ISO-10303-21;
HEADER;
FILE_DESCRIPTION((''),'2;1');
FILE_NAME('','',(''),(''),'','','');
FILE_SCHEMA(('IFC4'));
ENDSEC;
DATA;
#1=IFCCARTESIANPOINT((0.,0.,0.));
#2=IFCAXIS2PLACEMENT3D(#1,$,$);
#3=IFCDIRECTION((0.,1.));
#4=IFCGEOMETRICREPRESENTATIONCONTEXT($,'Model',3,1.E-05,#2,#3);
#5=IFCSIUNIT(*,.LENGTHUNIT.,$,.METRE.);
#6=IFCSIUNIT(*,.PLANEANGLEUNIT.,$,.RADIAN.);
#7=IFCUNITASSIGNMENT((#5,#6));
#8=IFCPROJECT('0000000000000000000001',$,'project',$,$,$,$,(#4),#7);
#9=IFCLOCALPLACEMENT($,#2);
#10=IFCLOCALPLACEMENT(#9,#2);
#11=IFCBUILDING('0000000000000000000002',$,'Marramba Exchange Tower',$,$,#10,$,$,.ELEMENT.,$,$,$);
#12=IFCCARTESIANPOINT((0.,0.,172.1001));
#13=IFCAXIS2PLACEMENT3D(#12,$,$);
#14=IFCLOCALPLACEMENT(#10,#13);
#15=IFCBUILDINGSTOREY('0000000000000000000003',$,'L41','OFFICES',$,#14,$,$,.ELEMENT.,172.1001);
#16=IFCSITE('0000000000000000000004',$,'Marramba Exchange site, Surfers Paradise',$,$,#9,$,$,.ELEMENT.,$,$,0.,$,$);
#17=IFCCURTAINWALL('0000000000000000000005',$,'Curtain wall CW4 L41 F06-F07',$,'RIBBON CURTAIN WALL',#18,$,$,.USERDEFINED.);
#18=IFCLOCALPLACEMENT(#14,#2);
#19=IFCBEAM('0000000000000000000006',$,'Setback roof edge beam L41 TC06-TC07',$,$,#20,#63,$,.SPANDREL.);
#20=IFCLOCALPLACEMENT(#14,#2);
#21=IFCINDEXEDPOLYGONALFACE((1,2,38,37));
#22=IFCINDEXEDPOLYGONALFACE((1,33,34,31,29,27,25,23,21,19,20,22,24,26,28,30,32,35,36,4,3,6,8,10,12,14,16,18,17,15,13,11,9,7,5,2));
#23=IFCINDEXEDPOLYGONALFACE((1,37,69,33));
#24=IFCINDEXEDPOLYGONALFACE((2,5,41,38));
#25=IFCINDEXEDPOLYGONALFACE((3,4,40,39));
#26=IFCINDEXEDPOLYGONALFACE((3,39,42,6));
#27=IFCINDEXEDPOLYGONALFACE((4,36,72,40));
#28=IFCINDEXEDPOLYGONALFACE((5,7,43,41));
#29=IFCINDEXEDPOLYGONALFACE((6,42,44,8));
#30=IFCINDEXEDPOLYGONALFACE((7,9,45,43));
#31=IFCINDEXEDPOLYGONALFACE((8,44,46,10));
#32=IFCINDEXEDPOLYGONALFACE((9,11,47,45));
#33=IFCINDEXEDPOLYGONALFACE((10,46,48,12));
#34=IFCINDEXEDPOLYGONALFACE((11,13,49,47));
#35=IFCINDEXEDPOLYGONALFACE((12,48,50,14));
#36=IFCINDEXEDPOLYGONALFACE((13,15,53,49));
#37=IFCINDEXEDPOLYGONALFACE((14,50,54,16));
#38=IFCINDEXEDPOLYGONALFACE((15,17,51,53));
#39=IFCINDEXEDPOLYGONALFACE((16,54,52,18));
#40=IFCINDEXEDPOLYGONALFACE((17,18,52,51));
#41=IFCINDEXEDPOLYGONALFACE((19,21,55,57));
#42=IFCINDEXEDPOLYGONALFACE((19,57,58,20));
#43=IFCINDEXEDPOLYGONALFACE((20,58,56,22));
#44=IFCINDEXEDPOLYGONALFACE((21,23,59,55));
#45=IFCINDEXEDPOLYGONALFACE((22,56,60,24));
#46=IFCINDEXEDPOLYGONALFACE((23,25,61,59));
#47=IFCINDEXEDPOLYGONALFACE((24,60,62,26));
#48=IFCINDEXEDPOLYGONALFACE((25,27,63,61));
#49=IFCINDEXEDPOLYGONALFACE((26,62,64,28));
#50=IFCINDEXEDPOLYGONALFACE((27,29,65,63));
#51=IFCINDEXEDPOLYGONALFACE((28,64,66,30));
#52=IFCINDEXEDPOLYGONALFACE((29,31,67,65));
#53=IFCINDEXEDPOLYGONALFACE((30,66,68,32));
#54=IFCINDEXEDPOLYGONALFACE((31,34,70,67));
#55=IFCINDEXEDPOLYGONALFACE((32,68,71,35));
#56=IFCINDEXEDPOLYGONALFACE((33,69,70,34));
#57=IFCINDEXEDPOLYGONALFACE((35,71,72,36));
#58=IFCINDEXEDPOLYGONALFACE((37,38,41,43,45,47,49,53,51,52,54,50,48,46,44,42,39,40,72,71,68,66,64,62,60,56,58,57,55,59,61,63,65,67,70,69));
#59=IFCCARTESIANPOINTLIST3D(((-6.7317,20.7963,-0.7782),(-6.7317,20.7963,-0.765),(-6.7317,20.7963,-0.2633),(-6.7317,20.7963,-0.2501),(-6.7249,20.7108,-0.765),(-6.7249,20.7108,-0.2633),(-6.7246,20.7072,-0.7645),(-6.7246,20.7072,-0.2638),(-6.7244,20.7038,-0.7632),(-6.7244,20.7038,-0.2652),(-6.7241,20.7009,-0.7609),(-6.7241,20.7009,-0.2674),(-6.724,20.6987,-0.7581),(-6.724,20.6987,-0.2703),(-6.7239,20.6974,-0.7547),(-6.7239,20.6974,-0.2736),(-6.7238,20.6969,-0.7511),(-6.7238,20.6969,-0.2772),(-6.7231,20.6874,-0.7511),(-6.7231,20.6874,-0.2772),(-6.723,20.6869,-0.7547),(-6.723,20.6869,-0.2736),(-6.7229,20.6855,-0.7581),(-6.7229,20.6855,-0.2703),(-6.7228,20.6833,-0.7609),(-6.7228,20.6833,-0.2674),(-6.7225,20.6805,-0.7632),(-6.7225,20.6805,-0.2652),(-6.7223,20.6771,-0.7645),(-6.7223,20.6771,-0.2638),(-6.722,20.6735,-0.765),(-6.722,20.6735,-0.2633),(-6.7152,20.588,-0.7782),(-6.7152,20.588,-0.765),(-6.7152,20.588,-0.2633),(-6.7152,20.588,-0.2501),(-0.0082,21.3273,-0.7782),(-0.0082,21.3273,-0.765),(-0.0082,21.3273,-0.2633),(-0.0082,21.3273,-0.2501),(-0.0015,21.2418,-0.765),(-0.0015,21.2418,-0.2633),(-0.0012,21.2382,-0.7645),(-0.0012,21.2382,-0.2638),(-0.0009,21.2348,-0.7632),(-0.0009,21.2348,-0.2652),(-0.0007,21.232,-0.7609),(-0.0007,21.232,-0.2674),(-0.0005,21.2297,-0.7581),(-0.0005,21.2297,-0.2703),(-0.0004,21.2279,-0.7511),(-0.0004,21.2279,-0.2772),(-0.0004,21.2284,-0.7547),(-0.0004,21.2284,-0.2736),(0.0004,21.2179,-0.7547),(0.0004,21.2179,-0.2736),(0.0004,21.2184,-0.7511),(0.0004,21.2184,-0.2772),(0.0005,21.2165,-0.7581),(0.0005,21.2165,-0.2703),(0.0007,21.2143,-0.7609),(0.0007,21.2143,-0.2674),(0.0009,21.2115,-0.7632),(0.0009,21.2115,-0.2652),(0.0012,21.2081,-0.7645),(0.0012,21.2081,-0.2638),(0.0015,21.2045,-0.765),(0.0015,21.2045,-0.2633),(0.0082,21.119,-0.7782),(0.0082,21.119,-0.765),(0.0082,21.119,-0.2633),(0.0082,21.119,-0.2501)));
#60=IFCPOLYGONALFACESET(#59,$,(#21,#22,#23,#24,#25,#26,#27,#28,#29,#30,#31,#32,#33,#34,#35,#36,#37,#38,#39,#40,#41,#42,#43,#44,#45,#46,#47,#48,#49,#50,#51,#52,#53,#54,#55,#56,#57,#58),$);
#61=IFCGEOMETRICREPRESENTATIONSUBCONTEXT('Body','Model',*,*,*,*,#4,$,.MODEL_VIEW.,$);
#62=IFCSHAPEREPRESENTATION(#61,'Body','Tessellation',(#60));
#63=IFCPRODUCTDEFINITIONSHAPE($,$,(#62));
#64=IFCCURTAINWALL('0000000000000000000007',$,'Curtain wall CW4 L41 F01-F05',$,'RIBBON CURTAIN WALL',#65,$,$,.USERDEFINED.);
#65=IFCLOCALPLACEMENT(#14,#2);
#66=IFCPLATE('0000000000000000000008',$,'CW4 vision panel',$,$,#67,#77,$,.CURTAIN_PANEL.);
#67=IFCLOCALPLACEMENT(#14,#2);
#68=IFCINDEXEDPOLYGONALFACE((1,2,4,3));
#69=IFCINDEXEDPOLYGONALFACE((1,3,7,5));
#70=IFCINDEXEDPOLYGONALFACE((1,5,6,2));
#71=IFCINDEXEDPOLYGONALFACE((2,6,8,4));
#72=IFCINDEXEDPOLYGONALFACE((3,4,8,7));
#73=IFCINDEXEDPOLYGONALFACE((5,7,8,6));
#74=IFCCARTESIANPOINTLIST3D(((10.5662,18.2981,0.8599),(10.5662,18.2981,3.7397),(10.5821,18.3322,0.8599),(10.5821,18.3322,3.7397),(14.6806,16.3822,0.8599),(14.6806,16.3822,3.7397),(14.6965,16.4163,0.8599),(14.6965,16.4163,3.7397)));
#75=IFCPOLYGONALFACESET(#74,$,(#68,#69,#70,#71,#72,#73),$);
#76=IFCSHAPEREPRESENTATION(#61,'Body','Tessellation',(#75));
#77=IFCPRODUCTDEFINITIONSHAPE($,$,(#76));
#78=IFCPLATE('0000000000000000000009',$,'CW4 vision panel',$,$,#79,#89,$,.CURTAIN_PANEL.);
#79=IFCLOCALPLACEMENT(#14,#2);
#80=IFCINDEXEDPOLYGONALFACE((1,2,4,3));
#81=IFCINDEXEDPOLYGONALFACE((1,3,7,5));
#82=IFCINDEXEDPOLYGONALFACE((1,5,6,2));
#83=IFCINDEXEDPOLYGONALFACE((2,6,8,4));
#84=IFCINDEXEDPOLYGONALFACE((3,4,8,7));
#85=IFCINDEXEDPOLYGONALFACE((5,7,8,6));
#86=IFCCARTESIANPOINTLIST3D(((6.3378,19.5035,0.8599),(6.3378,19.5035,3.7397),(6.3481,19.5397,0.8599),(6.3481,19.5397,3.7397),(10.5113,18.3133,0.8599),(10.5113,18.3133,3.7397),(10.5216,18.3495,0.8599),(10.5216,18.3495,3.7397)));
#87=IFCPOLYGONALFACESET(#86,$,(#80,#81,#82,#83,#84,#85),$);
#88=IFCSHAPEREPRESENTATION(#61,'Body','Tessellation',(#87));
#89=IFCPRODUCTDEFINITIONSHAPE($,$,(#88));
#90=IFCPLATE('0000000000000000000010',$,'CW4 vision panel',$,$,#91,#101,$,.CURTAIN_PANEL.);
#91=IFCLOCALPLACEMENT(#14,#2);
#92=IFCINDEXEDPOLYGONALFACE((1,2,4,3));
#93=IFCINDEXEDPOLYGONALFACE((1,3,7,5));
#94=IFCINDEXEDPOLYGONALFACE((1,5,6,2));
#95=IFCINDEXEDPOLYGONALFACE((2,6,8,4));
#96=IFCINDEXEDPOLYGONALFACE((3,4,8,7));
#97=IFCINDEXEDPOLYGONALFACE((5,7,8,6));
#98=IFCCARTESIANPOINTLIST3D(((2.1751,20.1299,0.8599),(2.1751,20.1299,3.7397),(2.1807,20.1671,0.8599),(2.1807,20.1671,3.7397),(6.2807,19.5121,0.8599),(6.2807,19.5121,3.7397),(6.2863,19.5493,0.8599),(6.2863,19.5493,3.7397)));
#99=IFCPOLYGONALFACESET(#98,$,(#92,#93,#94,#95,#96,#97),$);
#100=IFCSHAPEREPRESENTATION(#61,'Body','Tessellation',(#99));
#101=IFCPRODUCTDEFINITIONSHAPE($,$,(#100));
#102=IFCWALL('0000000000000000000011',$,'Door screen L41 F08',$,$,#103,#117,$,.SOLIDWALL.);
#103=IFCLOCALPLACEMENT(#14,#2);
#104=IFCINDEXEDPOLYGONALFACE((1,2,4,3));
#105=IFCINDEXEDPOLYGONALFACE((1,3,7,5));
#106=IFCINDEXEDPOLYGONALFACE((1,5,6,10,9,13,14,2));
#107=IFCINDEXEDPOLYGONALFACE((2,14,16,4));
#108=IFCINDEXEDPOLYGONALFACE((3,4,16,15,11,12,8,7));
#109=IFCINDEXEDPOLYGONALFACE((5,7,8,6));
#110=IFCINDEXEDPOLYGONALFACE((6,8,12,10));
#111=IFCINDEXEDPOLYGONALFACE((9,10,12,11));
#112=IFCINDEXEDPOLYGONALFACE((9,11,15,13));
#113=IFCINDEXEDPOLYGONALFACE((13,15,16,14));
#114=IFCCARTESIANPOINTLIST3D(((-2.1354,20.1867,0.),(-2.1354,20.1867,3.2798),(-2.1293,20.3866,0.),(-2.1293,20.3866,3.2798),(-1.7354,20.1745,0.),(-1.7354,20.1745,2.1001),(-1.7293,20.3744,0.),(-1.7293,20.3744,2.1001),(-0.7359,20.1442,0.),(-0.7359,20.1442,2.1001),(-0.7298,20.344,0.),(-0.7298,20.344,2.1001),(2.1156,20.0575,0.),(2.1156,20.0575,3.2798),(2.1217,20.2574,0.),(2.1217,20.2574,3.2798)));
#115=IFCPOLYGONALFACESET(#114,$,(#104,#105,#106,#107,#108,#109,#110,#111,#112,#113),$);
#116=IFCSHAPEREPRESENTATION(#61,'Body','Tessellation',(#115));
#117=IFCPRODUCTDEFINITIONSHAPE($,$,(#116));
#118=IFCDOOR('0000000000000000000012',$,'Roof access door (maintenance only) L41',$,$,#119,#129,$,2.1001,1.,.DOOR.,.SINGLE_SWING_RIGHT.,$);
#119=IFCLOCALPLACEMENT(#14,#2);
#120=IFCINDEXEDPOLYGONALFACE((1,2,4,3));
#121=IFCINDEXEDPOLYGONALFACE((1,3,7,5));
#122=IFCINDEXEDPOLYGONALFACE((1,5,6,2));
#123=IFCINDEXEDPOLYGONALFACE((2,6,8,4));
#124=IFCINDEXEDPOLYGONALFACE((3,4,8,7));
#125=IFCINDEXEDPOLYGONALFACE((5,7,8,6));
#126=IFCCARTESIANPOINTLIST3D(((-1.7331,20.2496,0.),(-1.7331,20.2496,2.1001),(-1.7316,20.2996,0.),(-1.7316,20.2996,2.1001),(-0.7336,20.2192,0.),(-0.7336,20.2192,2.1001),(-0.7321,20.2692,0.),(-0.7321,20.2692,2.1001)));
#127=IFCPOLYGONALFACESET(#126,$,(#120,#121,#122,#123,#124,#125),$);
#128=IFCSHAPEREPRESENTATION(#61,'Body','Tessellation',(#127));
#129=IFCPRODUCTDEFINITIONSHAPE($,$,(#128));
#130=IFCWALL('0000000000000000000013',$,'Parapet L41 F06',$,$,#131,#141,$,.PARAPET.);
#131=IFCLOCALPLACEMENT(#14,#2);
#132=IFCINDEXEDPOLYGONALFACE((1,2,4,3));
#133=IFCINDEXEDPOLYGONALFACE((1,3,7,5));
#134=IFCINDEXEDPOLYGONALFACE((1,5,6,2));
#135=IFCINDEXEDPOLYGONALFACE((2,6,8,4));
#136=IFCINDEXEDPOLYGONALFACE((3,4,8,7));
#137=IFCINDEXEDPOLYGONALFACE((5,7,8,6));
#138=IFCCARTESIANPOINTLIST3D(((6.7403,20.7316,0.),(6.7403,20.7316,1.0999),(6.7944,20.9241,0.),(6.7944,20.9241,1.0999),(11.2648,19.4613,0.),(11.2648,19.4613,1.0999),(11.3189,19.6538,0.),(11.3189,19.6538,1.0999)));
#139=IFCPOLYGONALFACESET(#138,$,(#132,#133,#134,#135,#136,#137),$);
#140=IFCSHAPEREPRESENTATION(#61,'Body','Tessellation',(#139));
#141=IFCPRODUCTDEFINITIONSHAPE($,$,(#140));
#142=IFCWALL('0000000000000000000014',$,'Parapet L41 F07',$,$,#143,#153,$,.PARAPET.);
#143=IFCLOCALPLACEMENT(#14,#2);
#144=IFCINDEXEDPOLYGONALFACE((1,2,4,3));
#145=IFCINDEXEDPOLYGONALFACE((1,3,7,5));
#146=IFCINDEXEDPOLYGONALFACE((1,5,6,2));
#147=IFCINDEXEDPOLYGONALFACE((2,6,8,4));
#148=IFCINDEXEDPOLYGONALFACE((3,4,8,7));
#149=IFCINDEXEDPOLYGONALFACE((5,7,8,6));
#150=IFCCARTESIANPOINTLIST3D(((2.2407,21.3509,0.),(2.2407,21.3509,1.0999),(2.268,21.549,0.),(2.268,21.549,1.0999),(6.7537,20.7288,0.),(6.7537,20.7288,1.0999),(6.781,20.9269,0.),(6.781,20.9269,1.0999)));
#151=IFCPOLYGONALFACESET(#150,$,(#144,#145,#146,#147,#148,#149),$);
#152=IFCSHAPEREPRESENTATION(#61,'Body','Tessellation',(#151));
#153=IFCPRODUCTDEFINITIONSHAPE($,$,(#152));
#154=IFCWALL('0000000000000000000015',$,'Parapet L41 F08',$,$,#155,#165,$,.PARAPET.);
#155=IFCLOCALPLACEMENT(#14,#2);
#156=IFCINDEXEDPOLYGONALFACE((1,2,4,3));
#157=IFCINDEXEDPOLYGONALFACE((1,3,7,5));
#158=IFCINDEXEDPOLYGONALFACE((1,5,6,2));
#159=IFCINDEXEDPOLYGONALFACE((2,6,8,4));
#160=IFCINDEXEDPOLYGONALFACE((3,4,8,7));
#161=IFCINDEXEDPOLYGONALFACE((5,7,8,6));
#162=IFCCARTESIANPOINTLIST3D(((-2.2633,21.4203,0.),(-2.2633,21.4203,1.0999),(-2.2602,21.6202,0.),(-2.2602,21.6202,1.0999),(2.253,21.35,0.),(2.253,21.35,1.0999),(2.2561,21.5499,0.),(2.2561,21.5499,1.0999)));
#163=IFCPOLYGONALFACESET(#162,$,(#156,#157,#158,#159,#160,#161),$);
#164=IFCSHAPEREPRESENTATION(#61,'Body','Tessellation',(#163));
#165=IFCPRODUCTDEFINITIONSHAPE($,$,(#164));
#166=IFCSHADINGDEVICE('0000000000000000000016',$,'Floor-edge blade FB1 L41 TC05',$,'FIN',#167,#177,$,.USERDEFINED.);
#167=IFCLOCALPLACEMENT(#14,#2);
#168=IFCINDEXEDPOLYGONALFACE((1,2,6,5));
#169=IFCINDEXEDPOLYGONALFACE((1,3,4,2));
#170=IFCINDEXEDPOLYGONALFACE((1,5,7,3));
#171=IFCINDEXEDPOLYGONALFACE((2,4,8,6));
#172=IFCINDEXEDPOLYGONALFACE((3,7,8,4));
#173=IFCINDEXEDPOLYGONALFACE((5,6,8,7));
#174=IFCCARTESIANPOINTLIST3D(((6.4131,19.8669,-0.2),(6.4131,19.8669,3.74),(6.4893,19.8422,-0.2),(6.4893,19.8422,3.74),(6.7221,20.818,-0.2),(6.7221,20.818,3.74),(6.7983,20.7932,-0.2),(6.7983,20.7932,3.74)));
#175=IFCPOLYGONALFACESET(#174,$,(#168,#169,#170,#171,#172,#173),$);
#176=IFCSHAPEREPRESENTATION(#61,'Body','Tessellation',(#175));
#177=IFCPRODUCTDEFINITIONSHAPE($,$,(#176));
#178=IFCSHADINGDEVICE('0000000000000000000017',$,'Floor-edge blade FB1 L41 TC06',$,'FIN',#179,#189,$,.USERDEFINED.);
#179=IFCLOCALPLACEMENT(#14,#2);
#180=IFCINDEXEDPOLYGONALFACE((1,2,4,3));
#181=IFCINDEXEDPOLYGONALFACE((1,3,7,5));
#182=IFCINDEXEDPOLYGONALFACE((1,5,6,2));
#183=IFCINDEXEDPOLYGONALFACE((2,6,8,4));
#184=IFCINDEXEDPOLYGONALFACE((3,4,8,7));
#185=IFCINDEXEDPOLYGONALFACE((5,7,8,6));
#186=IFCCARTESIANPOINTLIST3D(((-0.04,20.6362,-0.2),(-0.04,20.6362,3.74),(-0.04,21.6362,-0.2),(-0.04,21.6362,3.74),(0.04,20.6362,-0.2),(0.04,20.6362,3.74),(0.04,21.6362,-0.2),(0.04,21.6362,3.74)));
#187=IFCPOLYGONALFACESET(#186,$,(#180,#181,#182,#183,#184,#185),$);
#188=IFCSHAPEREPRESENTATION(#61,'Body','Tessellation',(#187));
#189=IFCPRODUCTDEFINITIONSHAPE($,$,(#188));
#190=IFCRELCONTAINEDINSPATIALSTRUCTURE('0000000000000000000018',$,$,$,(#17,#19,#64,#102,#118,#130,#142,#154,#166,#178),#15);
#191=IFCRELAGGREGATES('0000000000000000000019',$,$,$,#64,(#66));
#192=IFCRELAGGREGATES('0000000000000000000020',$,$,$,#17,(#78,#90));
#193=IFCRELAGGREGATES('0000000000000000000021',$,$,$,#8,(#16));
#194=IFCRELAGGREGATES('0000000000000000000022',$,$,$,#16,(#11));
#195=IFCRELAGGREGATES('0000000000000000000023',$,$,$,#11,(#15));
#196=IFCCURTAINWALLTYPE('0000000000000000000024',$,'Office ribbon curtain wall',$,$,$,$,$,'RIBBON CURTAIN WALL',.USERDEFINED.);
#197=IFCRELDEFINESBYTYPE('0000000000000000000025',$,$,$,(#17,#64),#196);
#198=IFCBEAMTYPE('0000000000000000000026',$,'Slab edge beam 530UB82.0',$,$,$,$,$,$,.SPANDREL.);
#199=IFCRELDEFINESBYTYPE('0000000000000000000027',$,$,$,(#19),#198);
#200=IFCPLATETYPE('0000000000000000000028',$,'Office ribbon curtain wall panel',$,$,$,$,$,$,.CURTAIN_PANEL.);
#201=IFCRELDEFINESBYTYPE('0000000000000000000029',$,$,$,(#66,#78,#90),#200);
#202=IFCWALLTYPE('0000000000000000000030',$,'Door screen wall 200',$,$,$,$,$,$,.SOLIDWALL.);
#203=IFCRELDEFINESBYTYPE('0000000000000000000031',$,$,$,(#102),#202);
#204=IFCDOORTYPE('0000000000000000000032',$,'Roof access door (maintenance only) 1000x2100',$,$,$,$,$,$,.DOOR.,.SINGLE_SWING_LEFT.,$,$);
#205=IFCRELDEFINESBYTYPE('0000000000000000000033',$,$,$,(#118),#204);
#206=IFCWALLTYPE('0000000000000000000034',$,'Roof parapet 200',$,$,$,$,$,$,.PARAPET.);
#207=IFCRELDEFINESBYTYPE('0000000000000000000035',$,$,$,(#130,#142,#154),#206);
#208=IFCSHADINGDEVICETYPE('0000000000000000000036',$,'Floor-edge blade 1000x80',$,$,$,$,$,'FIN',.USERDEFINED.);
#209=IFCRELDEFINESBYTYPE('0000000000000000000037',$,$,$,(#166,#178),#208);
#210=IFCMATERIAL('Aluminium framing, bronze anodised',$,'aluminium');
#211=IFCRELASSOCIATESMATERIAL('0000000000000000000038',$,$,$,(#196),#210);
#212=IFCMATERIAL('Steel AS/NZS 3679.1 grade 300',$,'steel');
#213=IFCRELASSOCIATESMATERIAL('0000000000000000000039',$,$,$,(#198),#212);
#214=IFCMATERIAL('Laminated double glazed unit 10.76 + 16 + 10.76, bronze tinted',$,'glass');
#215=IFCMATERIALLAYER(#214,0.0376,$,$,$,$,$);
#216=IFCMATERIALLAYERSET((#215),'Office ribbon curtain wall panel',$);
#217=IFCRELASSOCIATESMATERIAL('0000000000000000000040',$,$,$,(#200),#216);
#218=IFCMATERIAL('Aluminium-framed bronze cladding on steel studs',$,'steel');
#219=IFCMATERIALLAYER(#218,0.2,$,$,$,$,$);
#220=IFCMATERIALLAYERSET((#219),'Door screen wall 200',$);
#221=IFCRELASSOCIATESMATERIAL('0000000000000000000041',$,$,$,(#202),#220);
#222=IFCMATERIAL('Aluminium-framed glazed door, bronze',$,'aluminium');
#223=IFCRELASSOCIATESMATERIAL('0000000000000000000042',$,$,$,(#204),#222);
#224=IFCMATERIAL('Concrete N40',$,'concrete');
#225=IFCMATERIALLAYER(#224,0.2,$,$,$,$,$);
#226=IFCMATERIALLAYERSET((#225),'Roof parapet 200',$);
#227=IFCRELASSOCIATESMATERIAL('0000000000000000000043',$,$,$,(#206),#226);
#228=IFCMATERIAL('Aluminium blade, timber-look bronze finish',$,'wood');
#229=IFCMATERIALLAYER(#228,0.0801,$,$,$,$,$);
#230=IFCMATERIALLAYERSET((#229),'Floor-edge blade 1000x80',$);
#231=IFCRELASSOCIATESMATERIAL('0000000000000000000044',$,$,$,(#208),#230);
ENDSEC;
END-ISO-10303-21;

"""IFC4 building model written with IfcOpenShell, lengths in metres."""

from ifc_helpers import new_model, si_unit, direction, frame, frame_2d, origin, origin_2d, place, context, subcontext, project, spatial, rectangle, i_section, extrude, material, layer, layer_set, material_profile, profile_set, type_object, element, fill, aggregate, save


model = new_model("IFC4")

# Units and contexts
model_context = context("Model", 3, precision=1e-05, world=origin(), true_north=direction((0.0, 1.0)))
body_context = subcontext(model_context, "Body", "Model", "MODEL_VIEW")
ifc_project = project(units=[si_unit("LENGTHUNIT", "METRE"), si_unit("PLANEANGLEUNIT", "RADIAN")], contexts=[model_context])

# Site, building, storey
site_placement = place(None, origin())
site = spatial("IfcSite", under=ifc_project, at=site_placement, Name="Marramba Exchange site, Surfers Paradise", CompositionType="ELEMENT", RefElevation=0.0)
building_placement = place(site_placement, origin())
building = spatial("IfcBuilding", under=site, at=building_placement, Name="Marramba Exchange Tower", CompositionType="ELEMENT")
storey_placement = place(building_placement, frame((0.0, 0.0, 172.1001)))
storey = spatial("IfcBuildingStorey", under=building, at=storey_placement, Name="L41", Description="OFFICES", CompositionType="ELEMENT", Elevation=172.1001)

# Curtain wall
ifc_material_1 = material(Name="Aluminium framing, bronze anodised", Category="aluminium")
curtain_wall_type = type_object("IfcCurtainWallType", Name="Office ribbon curtain wall", ElementType="RIBBON CURTAIN WALL", PredefinedType="USERDEFINED", material=ifc_material_1)
curtain_wall_1_placement = place(storey_placement, origin())
curtain_wall_1 = element("IfcCurtainWall", 1, at=curtain_wall_1_placement, inside=storey, type_object=curtain_wall_type, Name="Curtain wall CW4 L41 F06-F07", ObjectType="RIBBON CURTAIN WALL", PredefinedType="USERDEFINED")

# Beam
ifc_material_2 = material(Name="Steel AS/NZS 3679.1 grade 300", Category="steel")
ifc_material_profile_1 = material_profile(ifc_material_2, i_section(OverallWidth=0.209, OverallDepth=0.5281, WebThickness=0.0095, FlangeThickness=0.0132, FilletRadius=0.0139, at=origin_2d()), Name="530UB82.0")
ifc_profile_set_1 = profile_set([ifc_material_profile_1], Name="Steel AS/NZS 3679.1 grade 300")
beam_type_1 = type_object("IfcBeamType", Name="Slab edge beam 530UB82.0", PredefinedType="SPANDREL", material=ifc_profile_set_1)
beam_1_placement = place(storey_placement, frame((0.0, 21.2231, -0.5142), z_axis=(-0.996896, -0.078734, 0.0), x_axis=(0.078734, -0.996896, 0.0)))
element("IfcBeam", 2, at=beam_1_placement, inside=storey, type_object=beam_type_1, Name="Setback roof edge beam L41 TC06-TC07", PredefinedType="SPANDREL", context=body_context, shape_type="SweptSolid", body=[
    extrude(i_section(OverallWidth=0.209, OverallDepth=0.5281, WebThickness=0.0095, FlangeThickness=0.0132, FilletRadius=0.0139, at=origin_2d()), origin(), (0.0, 0.0, 1.0), 6.7444),
])

# Curtain wall, plate
curtain_wall_2_placement = place(storey_placement, origin())
curtain_wall_2 = element("IfcCurtainWall", 3, at=curtain_wall_2_placement, inside=storey, type_object=curtain_wall_type, Name="Curtain wall CW4 L41 F01-F05", ObjectType="RIBBON CURTAIN WALL", PredefinedType="USERDEFINED")
ifc_material_3 = material(Name="Laminated double glazed unit 10.76 + 16 + 10.76, bronze tinted", Category="glass")
ifc_layer_1 = layer(ifc_material_3, 0.0376)
ifc_layer_set_1 = layer_set([ifc_layer_1], Name="Office ribbon curtain wall panel")
plate_type = type_object("IfcPlateType", Name="Office ribbon curtain wall panel", PredefinedType="CURTAIN_PANEL", material=ifc_layer_set_1)
plate_1_placement = place(storey_placement, frame((12.6313, 17.3572, 0.8599), z_axis=(0.0, 0.0, 1.0), x_axis=(-0.906534, 0.422133, 0.0)))
plate_1 = element("IfcPlate", 4, at=plate_1_placement, type_object=plate_type, Name="CW4 vision panel", PredefinedType="CURTAIN_PANEL", context=body_context, shape_type="SweptSolid", body=[
    extrude(rectangle(XDim=4.5386, YDim=0.0376, at=origin_2d()), origin(), (0.0, 0.0, 1.0), 2.8799),
])
aggregate(curtain_wall_2, [plate_1])

# Plates
plate_2_placement = place(storey_placement, frame((8.4297, 18.9265, 0.8599), z_axis=(0.0, 0.0, 1.0), x_axis=(-0.961659, 0.274248, 0.0)))
plate_2 = element("IfcPlate", 5, at=plate_2_placement, type_object=plate_type, Name="CW4 vision panel", PredefinedType="CURTAIN_PANEL", context=body_context, shape_type="SweptSolid", body=[
    extrude(rectangle(XDim=4.3398, YDim=0.0376, at=origin_2d()), origin(), (0.0, 0.0, 1.0), 2.8799),
])
plate_3_placement = place(storey_placement, frame((4.2307, 19.8396, 0.8599), z_axis=(0.0, 0.0, 1.0), x_axis=(-0.988868, 0.148795, 0.0)))
plate_3 = element("IfcPlate", 6, at=plate_3_placement, type_object=plate_type, Name="CW4 vision panel", PredefinedType="CURTAIN_PANEL", context=body_context, shape_type="SweptSolid", body=[
    extrude(rectangle(XDim=4.1519, YDim=0.0376, at=origin_2d()), origin(), (0.0, 0.0, 1.0), 2.8799),
])
aggregate(curtain_wall_1, [plate_2, plate_3])

# Wall, opening, door
ifc_material_4 = material(Name="Aluminium-framed bronze cladding on steel studs", Category="steel")
ifc_layer_2 = layer(ifc_material_4, 0.2)
ifc_layer_set_2 = layer_set([ifc_layer_2], Name="Door screen wall 200")
wall_type_1 = type_object("IfcWallType", Name="Door screen wall 200", PredefinedType="SOLIDWALL", material=ifc_layer_set_2)
wall_1_placement = place(storey_placement, frame((2.1187, 20.1575, 0.0), z_axis=(0.0, 0.0, 1.0), x_axis=(-0.999539, 0.030367, 0.0)))
wall_1 = element("IfcWall", 7, at=wall_1_placement, inside=storey, type_object=wall_type_1, Name="Door screen L41 F08", PredefinedType="SOLIDWALL", context=body_context, shape_type="SweptSolid", body=[
    extrude(rectangle(XDim=4.2529, YDim=0.2, at=frame_2d((2.1265, 0.0))), origin(), (0.0, 0.0, 1.0), 3.2798),
])
opening_placement = place(wall_1_placement, frame((2.8528, 0.0, 0.0)))
opening = element("IfcOpeningElement", 8, at=opening_placement, cuts=wall_1, PredefinedType="OPENING", context=body_context, shape_type="SweptSolid", body=[
    extrude(rectangle(XDim=1.0, YDim=2.1001, at=frame_2d((0.5, 1.05))), frame((0.0, 0.1099, 0.0), z_axis=(0.0, -1.0, 0.0), x_axis=(1.0, 0.0, 0.0)), (0.0, 0.0, 1.0), 0.22),
])
ifc_material_5 = material(Name="Aluminium-framed glazed door, bronze", Category="aluminium")
door_type = type_object("IfcDoorType", Name="Roof access door (maintenance only) 1000x2100", OperationType="SINGLE_SWING_LEFT", PredefinedType="DOOR", material=ifc_material_5)
door_placement = place(opening_placement, frame((1.0, 0.0, 0.0), z_axis=(0.0, 0.0, 1.0), x_axis=(-1.0, 0.0, 0.0)))
door = element("IfcDoor", 9, at=door_placement, inside=storey, type_object=door_type, Name="Roof access door (maintenance only) L41", OperationType="SINGLE_SWING_RIGHT", OverallHeight=2.1001, OverallWidth=1.0, PredefinedType="DOOR", context=body_context, shape_type="SweptSolid", body=[
    extrude(rectangle(XDim=1.0, YDim=2.1001, at=frame_2d((0.5, 1.05))), frame((0.0, 0.0251, 0.0), z_axis=(0.0, -1.0, 0.0), x_axis=(1.0, 0.0, 0.0)), (0.0, 0.0, 1.0), 0.05),
])
fill(opening, door)

# Walls
ifc_material_6 = material(Name="Concrete N40", Category="concrete")
ifc_layer_3 = layer(ifc_material_6, 0.2)
ifc_layer_set_3 = layer_set([ifc_layer_3], Name="Roof parapet 200")
wall_type_2 = type_object("IfcWallType", Name="Roof parapet 200", PredefinedType="PARAPET", material=ifc_layer_set_3)
wall_2_placement = place(storey_placement, frame((11.2917, 19.5576, 0.0), z_axis=(0.0, 0.0, 1.0), x_axis=(-0.962774, 0.270306, 0.0)))
element("IfcWall", 10, at=wall_2_placement, inside=storey, type_object=wall_type_2, Name="Parapet L41 F06", PredefinedType="PARAPET", context=body_context, shape_type="SweptSolid", body=[
    extrude(rectangle(XDim=4.6995, YDim=0.2, at=frame_2d((2.3496, 0.0))), origin(), (0.0, 0.0, 1.0), 1.0999),
])
wall_3_placement = place(storey_placement, frame((6.7673, 20.8279, 0.0), z_axis=(0.0, 0.0, 1.0), x_axis=(-0.990633, 0.13655, 0.0)))
element("IfcWall", 11, at=wall_3_placement, inside=storey, type_object=wall_type_2, Name="Parapet L41 F07", PredefinedType="PARAPET", context=body_context, shape_type="SweptSolid", body=[
    extrude(rectangle(XDim=4.5557, YDim=0.2, at=frame_2d((2.2778, 0.0))), origin(), (0.0, 0.0, 1.0), 1.0999),
])
wall_4_placement = place(storey_placement, frame((2.2544, 21.45, 0.0), z_axis=(0.0, 0.0, 1.0), x_axis=(-0.999879, 0.015567, 0.0)))
element("IfcWall", 12, at=wall_4_placement, inside=storey, type_object=wall_type_2, Name="Parapet L41 F08", PredefinedType="PARAPET", context=body_context, shape_type="SweptSolid", body=[
    extrude(rectangle(XDim=4.5168, YDim=0.2, at=frame_2d((2.2583, 0.0))), origin(), (0.0, 0.0, 1.0), 1.0999),
])

# Shading devices
ifc_material_7 = material(Name="Aluminium blade, timber-look bronze finish", Category="wood")
ifc_layer_4 = layer(ifc_material_7, 0.0801)
ifc_layer_set_4 = layer_set([ifc_layer_4], Name="Floor-edge blade 1000x80")
shading_device_type_1 = type_object("IfcShadingDeviceType", Name="Floor-edge blade 1000x80", ElementType="FIN", PredefinedType="USERDEFINED", material=ifc_layer_set_4)
for number, where, z_axis, x_axis, name in (
    (13, (6.6057, 20.3301, -0.2), (0.0, 0.0, 1.0), (0.309017, 0.951057, 0.0), "Floor-edge blade FB1 L41 TC05"),
    (14, (0.0, 21.1362, -0.2), (0.0, 0.0, 1.0), (0.0, 1.0, 0.0), "Floor-edge blade FB1 L41 TC06"),
):
    element("IfcShadingDevice", number, at=place(storey_placement, frame(where, z_axis=z_axis, x_axis=x_axis)), inside=storey, type_object=shading_device_type_1, Name=name, ObjectType="FIN", PredefinedType="USERDEFINED", context=body_context, shape_type="SweptSolid", body=[
        extrude(rectangle(XDim=1.0, YDim=0.0801, at=origin_2d()), origin(), (0.0, 0.0, 1.0), 3.9399),
    ])

save(model, "model.ifc")
